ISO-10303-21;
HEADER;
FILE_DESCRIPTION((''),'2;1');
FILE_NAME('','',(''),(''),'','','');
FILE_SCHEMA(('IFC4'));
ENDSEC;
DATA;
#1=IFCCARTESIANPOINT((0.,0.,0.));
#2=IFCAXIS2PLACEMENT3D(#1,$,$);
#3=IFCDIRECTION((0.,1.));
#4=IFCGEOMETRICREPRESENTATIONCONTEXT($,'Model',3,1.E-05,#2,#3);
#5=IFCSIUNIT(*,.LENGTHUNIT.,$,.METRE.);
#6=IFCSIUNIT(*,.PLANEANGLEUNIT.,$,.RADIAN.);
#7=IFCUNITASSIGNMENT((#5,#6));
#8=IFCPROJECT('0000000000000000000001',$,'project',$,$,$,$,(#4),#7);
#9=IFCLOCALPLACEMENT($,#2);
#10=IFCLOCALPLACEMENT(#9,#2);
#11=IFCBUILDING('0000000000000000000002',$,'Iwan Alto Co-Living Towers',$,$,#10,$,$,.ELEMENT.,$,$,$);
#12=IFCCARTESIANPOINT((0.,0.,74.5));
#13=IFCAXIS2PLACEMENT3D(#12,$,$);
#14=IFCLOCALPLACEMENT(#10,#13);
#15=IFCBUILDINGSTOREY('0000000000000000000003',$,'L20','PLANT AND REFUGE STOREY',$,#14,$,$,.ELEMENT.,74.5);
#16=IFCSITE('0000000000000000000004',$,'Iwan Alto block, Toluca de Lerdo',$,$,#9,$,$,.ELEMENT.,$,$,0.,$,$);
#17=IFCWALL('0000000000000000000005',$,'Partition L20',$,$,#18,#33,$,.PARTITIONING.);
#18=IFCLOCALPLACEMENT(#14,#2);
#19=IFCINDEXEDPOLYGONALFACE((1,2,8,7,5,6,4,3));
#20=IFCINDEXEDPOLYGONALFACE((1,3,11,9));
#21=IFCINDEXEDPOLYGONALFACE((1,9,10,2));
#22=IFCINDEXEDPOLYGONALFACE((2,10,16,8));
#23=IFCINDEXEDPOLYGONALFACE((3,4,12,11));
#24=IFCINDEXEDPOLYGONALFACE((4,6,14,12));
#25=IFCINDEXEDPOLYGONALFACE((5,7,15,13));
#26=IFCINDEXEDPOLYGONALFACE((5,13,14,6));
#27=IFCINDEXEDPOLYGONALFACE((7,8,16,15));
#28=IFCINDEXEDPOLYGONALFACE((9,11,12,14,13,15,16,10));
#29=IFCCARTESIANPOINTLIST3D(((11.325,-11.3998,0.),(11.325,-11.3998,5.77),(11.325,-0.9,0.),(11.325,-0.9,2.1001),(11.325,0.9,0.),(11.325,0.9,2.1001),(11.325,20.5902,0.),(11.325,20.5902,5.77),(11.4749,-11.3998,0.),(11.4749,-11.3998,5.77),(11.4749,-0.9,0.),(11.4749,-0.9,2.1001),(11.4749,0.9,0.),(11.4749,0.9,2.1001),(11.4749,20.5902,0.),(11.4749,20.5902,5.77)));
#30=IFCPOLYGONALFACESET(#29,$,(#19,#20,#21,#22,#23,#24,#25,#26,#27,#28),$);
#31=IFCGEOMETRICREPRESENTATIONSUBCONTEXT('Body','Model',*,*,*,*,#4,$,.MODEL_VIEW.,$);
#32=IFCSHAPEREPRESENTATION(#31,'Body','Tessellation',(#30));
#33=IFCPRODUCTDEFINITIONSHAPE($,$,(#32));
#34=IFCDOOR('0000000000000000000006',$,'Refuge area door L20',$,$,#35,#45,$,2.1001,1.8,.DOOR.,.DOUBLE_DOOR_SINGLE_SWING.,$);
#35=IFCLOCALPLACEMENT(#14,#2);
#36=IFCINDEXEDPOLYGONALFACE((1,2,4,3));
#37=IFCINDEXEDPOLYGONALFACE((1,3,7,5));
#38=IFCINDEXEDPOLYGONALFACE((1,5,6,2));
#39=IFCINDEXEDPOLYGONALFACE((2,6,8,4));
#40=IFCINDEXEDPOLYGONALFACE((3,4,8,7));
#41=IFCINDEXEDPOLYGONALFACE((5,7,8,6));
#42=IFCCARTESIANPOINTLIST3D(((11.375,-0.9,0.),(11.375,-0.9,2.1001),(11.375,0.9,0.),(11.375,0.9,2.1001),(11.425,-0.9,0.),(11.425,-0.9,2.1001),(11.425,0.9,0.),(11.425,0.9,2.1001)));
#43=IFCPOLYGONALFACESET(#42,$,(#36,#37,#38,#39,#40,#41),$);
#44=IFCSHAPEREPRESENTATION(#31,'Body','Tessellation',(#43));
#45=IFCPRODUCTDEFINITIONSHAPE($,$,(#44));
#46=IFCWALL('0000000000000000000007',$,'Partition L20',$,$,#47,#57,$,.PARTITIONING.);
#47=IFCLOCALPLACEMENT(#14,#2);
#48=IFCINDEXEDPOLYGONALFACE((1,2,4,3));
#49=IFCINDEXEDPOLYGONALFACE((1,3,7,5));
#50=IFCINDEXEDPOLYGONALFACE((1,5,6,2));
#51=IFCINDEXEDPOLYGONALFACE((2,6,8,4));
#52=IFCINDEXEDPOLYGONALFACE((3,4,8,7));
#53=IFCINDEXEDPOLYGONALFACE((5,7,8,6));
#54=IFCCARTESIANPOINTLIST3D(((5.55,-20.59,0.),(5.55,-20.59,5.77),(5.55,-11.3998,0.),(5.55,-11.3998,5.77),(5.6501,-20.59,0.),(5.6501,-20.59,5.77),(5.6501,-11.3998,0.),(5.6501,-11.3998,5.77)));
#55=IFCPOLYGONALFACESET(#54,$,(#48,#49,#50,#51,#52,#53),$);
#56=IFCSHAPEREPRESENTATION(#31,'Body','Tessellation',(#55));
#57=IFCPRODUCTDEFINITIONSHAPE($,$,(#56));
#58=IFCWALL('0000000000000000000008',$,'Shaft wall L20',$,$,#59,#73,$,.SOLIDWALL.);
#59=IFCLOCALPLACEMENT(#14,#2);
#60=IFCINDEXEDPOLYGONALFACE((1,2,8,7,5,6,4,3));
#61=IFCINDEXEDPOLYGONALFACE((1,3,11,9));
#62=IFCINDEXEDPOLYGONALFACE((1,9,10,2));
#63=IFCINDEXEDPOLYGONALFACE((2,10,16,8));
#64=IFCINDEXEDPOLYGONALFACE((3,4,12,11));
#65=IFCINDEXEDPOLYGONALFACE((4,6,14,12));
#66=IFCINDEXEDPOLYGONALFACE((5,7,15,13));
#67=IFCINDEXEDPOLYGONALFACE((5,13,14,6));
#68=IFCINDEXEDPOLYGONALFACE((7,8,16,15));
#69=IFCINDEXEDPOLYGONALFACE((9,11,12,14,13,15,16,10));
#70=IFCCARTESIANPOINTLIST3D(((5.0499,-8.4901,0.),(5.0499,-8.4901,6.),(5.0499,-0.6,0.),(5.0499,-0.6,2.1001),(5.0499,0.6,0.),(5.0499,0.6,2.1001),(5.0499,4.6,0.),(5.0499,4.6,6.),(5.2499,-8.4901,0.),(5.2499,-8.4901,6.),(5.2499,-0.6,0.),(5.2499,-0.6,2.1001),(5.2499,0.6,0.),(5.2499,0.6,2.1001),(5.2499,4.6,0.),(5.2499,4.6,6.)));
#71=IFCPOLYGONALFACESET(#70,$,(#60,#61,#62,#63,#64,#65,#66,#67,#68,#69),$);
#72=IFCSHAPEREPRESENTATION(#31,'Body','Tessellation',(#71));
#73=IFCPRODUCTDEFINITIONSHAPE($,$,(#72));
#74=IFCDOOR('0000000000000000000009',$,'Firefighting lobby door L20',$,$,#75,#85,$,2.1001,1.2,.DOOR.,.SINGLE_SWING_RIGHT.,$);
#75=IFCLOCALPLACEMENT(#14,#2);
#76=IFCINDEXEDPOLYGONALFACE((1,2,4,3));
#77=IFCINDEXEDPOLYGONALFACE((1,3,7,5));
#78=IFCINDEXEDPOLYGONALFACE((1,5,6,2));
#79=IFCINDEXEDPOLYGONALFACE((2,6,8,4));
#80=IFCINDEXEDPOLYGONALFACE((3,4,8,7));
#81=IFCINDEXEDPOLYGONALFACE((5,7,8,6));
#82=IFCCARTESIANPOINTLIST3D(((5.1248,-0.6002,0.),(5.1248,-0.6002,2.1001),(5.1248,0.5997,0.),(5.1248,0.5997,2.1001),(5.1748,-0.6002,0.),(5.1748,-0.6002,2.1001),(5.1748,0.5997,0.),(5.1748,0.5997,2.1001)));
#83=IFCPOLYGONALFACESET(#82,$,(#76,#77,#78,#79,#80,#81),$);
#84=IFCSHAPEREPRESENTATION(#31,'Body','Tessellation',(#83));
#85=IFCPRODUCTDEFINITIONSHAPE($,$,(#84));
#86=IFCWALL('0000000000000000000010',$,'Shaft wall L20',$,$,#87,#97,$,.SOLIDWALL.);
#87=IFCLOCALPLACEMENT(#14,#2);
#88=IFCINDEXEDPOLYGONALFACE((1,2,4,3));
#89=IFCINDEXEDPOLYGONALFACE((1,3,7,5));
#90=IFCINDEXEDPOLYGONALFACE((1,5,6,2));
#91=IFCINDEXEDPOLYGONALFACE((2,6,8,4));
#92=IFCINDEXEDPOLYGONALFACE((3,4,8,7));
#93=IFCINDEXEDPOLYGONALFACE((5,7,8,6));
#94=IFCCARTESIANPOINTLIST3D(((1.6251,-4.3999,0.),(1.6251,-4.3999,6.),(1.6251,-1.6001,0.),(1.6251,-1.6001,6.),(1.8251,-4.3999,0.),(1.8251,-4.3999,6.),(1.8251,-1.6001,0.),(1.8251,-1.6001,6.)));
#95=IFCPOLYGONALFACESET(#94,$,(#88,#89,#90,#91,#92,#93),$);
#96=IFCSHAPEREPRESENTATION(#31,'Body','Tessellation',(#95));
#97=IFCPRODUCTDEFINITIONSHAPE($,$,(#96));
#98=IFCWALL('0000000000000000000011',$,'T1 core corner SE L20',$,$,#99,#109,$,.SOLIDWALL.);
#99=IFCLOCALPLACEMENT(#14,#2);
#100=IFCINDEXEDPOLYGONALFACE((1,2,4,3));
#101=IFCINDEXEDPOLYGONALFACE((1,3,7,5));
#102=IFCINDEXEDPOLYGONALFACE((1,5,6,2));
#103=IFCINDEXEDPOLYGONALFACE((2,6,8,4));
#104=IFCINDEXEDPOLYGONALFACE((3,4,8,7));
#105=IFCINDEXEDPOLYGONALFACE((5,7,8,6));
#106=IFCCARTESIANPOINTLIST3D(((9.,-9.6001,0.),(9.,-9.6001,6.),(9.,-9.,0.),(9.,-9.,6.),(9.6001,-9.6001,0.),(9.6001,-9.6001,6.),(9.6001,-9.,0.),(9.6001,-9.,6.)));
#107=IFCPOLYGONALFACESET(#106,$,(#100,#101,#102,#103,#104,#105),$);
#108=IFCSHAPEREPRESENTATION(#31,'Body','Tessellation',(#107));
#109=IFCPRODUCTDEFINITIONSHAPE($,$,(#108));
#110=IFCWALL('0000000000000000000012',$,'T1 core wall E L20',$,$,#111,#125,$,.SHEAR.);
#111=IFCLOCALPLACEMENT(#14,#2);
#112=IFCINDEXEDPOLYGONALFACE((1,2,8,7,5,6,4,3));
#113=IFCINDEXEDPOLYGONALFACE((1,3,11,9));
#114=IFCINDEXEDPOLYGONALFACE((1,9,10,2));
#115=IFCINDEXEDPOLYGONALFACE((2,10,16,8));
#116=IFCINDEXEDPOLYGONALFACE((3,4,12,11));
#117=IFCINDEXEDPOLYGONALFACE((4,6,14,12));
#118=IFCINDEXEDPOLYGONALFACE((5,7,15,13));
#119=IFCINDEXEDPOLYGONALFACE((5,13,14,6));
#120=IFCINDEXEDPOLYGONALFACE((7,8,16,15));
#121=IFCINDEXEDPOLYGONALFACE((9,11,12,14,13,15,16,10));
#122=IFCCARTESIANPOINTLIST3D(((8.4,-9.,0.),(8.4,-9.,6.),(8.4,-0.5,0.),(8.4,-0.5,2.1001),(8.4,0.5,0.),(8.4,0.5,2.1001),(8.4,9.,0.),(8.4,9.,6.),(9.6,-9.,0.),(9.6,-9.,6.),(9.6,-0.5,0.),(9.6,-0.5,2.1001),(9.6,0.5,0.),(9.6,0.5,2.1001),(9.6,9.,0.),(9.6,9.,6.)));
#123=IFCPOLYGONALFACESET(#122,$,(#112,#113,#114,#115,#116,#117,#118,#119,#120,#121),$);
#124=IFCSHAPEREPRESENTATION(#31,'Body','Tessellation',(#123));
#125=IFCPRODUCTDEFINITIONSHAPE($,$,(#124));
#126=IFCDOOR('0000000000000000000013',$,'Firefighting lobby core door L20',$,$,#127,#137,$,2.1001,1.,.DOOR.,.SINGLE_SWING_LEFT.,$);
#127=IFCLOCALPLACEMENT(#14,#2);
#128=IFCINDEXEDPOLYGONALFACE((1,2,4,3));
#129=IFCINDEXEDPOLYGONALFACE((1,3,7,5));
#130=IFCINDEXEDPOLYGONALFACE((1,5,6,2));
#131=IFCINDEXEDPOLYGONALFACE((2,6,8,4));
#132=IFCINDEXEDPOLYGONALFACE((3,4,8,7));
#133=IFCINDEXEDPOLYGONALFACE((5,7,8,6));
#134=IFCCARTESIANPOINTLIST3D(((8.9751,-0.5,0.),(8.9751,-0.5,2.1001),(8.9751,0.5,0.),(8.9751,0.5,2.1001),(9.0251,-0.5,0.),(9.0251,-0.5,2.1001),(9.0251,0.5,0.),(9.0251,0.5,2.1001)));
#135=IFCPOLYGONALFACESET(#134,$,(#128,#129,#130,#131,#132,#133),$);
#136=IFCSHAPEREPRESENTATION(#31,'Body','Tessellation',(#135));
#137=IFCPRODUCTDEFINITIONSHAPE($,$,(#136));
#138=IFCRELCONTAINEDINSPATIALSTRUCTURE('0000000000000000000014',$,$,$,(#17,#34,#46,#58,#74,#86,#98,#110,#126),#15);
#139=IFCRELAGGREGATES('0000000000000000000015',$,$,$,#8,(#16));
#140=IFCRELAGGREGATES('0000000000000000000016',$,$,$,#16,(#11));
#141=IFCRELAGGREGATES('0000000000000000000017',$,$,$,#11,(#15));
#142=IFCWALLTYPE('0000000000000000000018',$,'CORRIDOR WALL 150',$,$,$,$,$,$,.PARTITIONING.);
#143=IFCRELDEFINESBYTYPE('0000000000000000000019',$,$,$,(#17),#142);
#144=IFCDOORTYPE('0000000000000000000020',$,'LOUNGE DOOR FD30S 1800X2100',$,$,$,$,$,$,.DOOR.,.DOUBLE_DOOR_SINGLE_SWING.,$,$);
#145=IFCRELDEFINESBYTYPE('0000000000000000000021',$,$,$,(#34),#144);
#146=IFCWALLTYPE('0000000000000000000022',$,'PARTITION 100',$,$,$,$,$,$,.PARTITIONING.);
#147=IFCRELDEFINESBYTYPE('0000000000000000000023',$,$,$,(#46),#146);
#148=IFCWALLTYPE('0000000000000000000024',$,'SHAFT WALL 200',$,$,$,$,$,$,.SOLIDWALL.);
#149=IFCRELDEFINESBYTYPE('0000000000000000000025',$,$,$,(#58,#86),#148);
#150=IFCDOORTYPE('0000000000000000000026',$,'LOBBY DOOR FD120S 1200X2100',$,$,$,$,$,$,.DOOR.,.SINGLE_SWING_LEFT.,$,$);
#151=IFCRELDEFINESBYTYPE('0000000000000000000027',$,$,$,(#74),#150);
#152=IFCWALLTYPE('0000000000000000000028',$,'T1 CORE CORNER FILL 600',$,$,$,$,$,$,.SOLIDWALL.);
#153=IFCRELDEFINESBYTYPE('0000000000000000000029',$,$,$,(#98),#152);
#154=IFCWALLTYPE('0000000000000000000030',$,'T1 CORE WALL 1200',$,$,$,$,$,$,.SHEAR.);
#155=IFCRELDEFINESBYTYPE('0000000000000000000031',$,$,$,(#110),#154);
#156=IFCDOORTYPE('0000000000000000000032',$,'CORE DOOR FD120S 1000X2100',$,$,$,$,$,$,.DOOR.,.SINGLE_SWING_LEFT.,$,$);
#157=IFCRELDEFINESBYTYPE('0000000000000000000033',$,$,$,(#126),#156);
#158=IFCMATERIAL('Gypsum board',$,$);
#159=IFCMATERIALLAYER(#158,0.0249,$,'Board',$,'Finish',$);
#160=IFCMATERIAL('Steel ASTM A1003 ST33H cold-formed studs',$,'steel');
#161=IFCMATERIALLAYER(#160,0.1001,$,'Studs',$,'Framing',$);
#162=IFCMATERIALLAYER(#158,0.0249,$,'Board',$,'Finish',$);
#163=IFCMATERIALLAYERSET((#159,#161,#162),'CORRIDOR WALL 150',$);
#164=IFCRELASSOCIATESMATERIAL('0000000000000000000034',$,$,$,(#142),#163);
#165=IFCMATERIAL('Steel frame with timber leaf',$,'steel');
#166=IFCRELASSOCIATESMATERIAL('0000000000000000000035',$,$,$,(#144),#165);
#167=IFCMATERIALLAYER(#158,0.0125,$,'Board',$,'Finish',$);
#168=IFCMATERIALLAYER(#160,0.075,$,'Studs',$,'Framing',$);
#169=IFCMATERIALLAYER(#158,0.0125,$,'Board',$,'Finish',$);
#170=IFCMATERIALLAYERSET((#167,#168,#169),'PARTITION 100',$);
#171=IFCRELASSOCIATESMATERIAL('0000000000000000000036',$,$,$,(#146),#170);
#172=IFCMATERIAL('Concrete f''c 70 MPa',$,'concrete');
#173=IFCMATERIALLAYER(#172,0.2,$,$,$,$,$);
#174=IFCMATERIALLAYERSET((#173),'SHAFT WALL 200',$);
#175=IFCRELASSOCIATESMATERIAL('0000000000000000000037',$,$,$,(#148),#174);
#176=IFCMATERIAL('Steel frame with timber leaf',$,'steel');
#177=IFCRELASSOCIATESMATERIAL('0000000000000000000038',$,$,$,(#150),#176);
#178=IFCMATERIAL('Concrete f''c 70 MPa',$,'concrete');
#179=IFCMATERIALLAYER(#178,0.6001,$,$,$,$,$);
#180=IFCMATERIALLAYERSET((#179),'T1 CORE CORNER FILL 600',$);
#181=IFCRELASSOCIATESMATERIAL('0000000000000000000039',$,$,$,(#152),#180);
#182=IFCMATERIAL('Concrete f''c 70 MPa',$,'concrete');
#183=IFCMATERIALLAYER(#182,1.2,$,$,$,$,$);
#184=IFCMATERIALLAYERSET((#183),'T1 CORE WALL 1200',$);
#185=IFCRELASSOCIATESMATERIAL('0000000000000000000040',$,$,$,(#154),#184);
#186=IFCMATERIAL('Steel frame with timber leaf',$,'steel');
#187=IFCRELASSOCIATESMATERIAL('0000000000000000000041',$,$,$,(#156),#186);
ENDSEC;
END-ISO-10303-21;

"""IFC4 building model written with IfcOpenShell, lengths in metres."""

from ifc_helpers import new_model, si_unit, direction, frame, frame_2d, origin, place, context, subcontext, project, spatial, rectangle, extrude, material, layer, layer_set, type_object, element, fill, save


model = new_model("IFC4")

# Units and contexts
model_context = context("Model", 3, precision=1e-05, world=origin(), true_north=direction((0.0, 1.0)))
body_context = subcontext(model_context, "Body", "Model", "MODEL_VIEW")
ifc_project = project(units=[si_unit("LENGTHUNIT", "METRE"), si_unit("PLANEANGLEUNIT", "RADIAN")], contexts=[model_context])

# Site, building, storey
site_placement = place(None, origin())
site = spatial("IfcSite", under=ifc_project, at=site_placement, Name="Iwan Alto block, Toluca de Lerdo", CompositionType="ELEMENT", RefElevation=0.0)
building_placement = place(site_placement, origin())
building = spatial("IfcBuilding", under=site, at=building_placement, Name="Iwan Alto Co-Living Towers", CompositionType="ELEMENT")
storey_placement = place(building_placement, frame((0.0, 0.0, 74.5)))
storey = spatial("IfcBuildingStorey", under=building, at=storey_placement, Name="L20", Description="PLANT AND REFUGE STOREY", CompositionType="ELEMENT", Elevation=74.5)

# Wall, opening, door
ifc_material_1 = material(Name="Gypsum board")
ifc_layer_1 = layer(ifc_material_1, 0.0249, Name="Board", Category="Finish")
ifc_material_2 = material(Name="Steel ASTM A1003 ST33H cold-formed studs", Category="steel")
ifc_layer_2 = layer(ifc_material_2, 0.1001, Name="Studs", Category="Framing")
ifc_layer_3 = layer(ifc_material_1, 0.0249, Name="Board", Category="Finish")
ifc_layer_set_1 = layer_set([ifc_layer_1, ifc_layer_2, ifc_layer_3], Name="CORRIDOR WALL 150")
wall_type_1 = type_object("IfcWallType", Name="CORRIDOR WALL 150", PredefinedType="PARTITIONING", material=ifc_layer_set_1)
wall_1_placement = place(storey_placement, frame((11.3999, -11.3999, 0.0), z_axis=(0.0, 0.0, 1.0), x_axis=(0.0, 1.0, 0.0)))
wall_1 = element("IfcWall", 1, at=wall_1_placement, inside=storey, type_object=wall_type_1, Name="Partition L20", PredefinedType="PARTITIONING", context=body_context, shape_type="SweptSolid", body=[
    extrude(rectangle(XDim=31.99, YDim=0.1499, at=frame_2d((15.9951, 0.0))), origin(), (0.0, 0.0, 1.0), 5.77),
])
opening_1_placement = place(wall_1_placement, frame((10.5, 0.0, 0.0)))
opening_1 = element("IfcOpeningElement", 2, at=opening_1_placement, cuts=wall_1, PredefinedType="OPENING", context=body_context, shape_type="SweptSolid", body=[
    extrude(rectangle(XDim=1.8, YDim=2.1001, at=frame_2d((0.8999, 1.05))), frame((0.0, 0.085, 0.0), z_axis=(0.0, -1.0, 0.0), x_axis=(1.0, 0.0, 0.0)), (0.0, 0.0, 1.0), 0.1699),
])
ifc_material_3 = material(Name="Steel frame with timber leaf", Category="steel")
door_type_1 = type_object("IfcDoorType", Name="LOUNGE DOOR FD30S 1800X2100", OperationType="DOUBLE_DOOR_SINGLE_SWING", PredefinedType="DOOR", material=ifc_material_3)
door_1_placement = place(opening_1_placement, origin())
door_1 = element("IfcDoor", 3, at=door_1_placement, inside=storey, type_object=door_type_1, Name="Refuge area door L20", OperationType="DOUBLE_DOOR_SINGLE_SWING", OverallHeight=2.1001, OverallWidth=1.8, PredefinedType="DOOR", context=body_context, shape_type="SweptSolid", body=[
    extrude(rectangle(XDim=1.8, YDim=2.1001, at=frame_2d((0.8999, 1.05))), frame((0.0, 0.0249, 0.0), z_axis=(0.0, -1.0, 0.0), x_axis=(1.0, 0.0, 0.0)), (0.0, 0.0, 1.0), 0.05),
])
fill(opening_1, door_1)

# Wall
ifc_layer_4 = layer(ifc_material_1, 0.0125, Name="Board", Category="Finish")
ifc_layer_5 = layer(ifc_material_2, 0.075, Name="Studs", Category="Framing")
ifc_layer_6 = layer(ifc_material_1, 0.0125, Name="Board", Category="Finish")
ifc_layer_set_2 = layer_set([ifc_layer_4, ifc_layer_5, ifc_layer_6], Name="PARTITION 100")
wall_type_2 = type_object("IfcWallType", Name="PARTITION 100", PredefinedType="PARTITIONING", material=ifc_layer_set_2)
wall_2_placement = place(storey_placement, frame((5.6001, -20.5901, 0.0), z_axis=(0.0, 0.0, 1.0), x_axis=(0.0, 1.0, 0.0)))
element("IfcWall", 4, at=wall_2_placement, inside=storey, type_object=wall_type_2, Name="Partition L20", PredefinedType="PARTITIONING", context=body_context, shape_type="SweptSolid", body=[
    extrude(rectangle(XDim=9.1902, YDim=0.1001, at=frame_2d((4.5952, 0.0))), origin(), (0.0, 0.0, 1.0), 5.77),
])

# Wall, opening, door
ifc_material_4 = material(Name="Concrete f'c 70 MPa", Category="concrete")
ifc_layer_7 = layer(ifc_material_4, 0.2)
ifc_layer_set_3 = layer_set([ifc_layer_7], Name="SHAFT WALL 200")
wall_type_3 = type_object("IfcWallType", Name="SHAFT WALL 200", PredefinedType="SOLIDWALL", material=ifc_layer_set_3)
wall_3_placement = place(storey_placement, frame((5.1499, -8.49, 0.0), z_axis=(0.0, 0.0, 1.0), x_axis=(0.0, 1.0, 0.0)))
wall_3 = element("IfcWall", 5, at=wall_3_placement, inside=storey, type_object=wall_type_3, Name="Shaft wall L20", PredefinedType="SOLIDWALL", context=body_context, shape_type="SweptSolid", body=[
    extrude(rectangle(XDim=13.0901, YDim=0.2, at=frame_2d((6.5449, 0.0))), origin(), (0.0, 0.0, 1.0), 6.0),
])
opening_2_placement = place(wall_3_placement, frame((7.8899, 0.0, 0.0)))
opening_2 = element("IfcOpeningElement", 6, at=opening_2_placement, cuts=wall_3, PredefinedType="OPENING", context=body_context, shape_type="SweptSolid", body=[
    extrude(rectangle(XDim=1.2, YDim=2.1001, at=frame_2d((0.6001, 1.05))), frame((0.0, 0.1099, 0.0), z_axis=(0.0, -1.0, 0.0), x_axis=(1.0, 0.0, 0.0)), (0.0, 0.0, 1.0), 0.22),
])
ifc_material_5 = material(Name="Steel frame with timber leaf", Category="steel")
door_type_2 = type_object("IfcDoorType", Name="LOBBY DOOR FD120S 1200X2100", OperationType="SINGLE_SWING_LEFT", PredefinedType="DOOR", material=ifc_material_5)
door_2_placement = place(opening_2_placement, frame((1.2, 0.0, 0.0), z_axis=(0.0, 0.0, 1.0), x_axis=(-1.0, 0.0, 0.0)))
door_2 = element("IfcDoor", 7, at=door_2_placement, inside=storey, type_object=door_type_2, Name="Firefighting lobby door L20", OperationType="SINGLE_SWING_RIGHT", OverallHeight=2.1001, OverallWidth=1.2, PredefinedType="DOOR", context=body_context, shape_type="SweptSolid", body=[
    extrude(rectangle(XDim=1.2, YDim=2.1001, at=frame_2d((0.6001, 1.05))), frame((0.0, 0.0249, 0.0), z_axis=(0.0, -1.0, 0.0), x_axis=(1.0, 0.0, 0.0)), (0.0, 0.0, 1.0), 0.05),
])
fill(opening_2, door_2)

# Walls
wall_4_placement = place(storey_placement, frame((1.7251, -4.3999, 0.0), z_axis=(0.0, 0.0, 1.0), x_axis=(0.0, 1.0, 0.0)))
element("IfcWall", 8, at=wall_4_placement, inside=storey, type_object=wall_type_3, Name="Shaft wall L20", PredefinedType="SOLIDWALL", context=body_context, shape_type="SweptSolid", body=[
    extrude(rectangle(XDim=2.7998, YDim=0.2, at=frame_2d((1.3999, 0.0))), origin(), (0.0, 0.0, 1.0), 6.0),
])
ifc_material_6 = material(Name="Concrete f'c 70 MPa", Category="concrete")
ifc_layer_8 = layer(ifc_material_6, 0.6001)
ifc_layer_set_4 = layer_set([ifc_layer_8], Name="T1 CORE CORNER FILL 600")
wall_type_4 = type_object("IfcWallType", Name="T1 CORE CORNER FILL 600", PredefinedType="SOLIDWALL", material=ifc_layer_set_4)
wall_5_placement = place(storey_placement, frame((9.0, -9.3, 0.0), z_axis=(0.0, 0.0, 1.0), x_axis=(1.0, 0.0, 0.0)))
element("IfcWall", 9, at=wall_5_placement, inside=storey, type_object=wall_type_4, Name="T1 core corner SE L20", PredefinedType="SOLIDWALL", context=body_context, shape_type="SweptSolid", body=[
    extrude(rectangle(XDim=0.6001, YDim=0.6001, at=frame_2d((0.3, 0.0))), origin(), (0.0, 0.0, 1.0), 6.0),
])

# Wall, opening, door
ifc_material_7 = material(Name="Concrete f'c 70 MPa", Category="concrete")
ifc_layer_9 = layer(ifc_material_7, 1.2)
ifc_layer_set_5 = layer_set([ifc_layer_9], Name="T1 CORE WALL 1200")
wall_type_5 = type_object("IfcWallType", Name="T1 CORE WALL 1200", PredefinedType="SHEAR", material=ifc_layer_set_5)
wall_6_placement = place(storey_placement, frame((9.0, -9.0, 0.0), z_axis=(0.0, 0.0, 1.0), x_axis=(0.0, 1.0, 0.0)))
wall_6 = element("IfcWall", 10, at=wall_6_placement, inside=storey, type_object=wall_type_5, Name="T1 core wall E L20", PredefinedType="SHEAR", context=body_context, shape_type="SweptSolid", body=[
    extrude(rectangle(XDim=18.0, YDim=1.2, at=frame_2d((9.0, 0.0))), origin(), (0.0, 0.0, 1.0), 6.0),
])
opening_3_placement = place(wall_6_placement, frame((8.5, 0.0, 0.0)))
opening_3 = element("IfcOpeningElement", 11, at=opening_3_placement, cuts=wall_6, PredefinedType="OPENING", context=body_context, shape_type="SweptSolid", body=[
    extrude(rectangle(XDim=1.0, YDim=2.1001, at=frame_2d((0.5, 1.05))), frame((0.0, 0.6099, 0.0), z_axis=(0.0, -1.0, 0.0), x_axis=(1.0, 0.0, 0.0)), (0.0, 0.0, 1.0), 1.22),
])
ifc_material_8 = material(Name="Steel frame with timber leaf", Category="steel")
door_type_3 = type_object("IfcDoorType", Name="CORE DOOR FD120S 1000X2100", OperationType="SINGLE_SWING_LEFT", PredefinedType="DOOR", material=ifc_material_8)
door_3_placement = place(opening_3_placement, origin())
door_3 = element("IfcDoor", 12, at=door_3_placement, inside=storey, type_object=door_type_3, Name="Firefighting lobby core door L20", OperationType="SINGLE_SWING_LEFT", OverallHeight=2.1001, OverallWidth=1.0, PredefinedType="DOOR", context=body_context, shape_type="SweptSolid", body=[
    extrude(rectangle(XDim=1.0, YDim=2.1001, at=frame_2d((0.5, 1.05))), frame((0.0, 0.0249, 0.0), z_axis=(0.0, -1.0, 0.0), x_axis=(1.0, 0.0, 0.0)), (0.0, 0.0, 1.0), 0.05),
])
fill(opening_3, door_3)

save(model, "model.ifc")
